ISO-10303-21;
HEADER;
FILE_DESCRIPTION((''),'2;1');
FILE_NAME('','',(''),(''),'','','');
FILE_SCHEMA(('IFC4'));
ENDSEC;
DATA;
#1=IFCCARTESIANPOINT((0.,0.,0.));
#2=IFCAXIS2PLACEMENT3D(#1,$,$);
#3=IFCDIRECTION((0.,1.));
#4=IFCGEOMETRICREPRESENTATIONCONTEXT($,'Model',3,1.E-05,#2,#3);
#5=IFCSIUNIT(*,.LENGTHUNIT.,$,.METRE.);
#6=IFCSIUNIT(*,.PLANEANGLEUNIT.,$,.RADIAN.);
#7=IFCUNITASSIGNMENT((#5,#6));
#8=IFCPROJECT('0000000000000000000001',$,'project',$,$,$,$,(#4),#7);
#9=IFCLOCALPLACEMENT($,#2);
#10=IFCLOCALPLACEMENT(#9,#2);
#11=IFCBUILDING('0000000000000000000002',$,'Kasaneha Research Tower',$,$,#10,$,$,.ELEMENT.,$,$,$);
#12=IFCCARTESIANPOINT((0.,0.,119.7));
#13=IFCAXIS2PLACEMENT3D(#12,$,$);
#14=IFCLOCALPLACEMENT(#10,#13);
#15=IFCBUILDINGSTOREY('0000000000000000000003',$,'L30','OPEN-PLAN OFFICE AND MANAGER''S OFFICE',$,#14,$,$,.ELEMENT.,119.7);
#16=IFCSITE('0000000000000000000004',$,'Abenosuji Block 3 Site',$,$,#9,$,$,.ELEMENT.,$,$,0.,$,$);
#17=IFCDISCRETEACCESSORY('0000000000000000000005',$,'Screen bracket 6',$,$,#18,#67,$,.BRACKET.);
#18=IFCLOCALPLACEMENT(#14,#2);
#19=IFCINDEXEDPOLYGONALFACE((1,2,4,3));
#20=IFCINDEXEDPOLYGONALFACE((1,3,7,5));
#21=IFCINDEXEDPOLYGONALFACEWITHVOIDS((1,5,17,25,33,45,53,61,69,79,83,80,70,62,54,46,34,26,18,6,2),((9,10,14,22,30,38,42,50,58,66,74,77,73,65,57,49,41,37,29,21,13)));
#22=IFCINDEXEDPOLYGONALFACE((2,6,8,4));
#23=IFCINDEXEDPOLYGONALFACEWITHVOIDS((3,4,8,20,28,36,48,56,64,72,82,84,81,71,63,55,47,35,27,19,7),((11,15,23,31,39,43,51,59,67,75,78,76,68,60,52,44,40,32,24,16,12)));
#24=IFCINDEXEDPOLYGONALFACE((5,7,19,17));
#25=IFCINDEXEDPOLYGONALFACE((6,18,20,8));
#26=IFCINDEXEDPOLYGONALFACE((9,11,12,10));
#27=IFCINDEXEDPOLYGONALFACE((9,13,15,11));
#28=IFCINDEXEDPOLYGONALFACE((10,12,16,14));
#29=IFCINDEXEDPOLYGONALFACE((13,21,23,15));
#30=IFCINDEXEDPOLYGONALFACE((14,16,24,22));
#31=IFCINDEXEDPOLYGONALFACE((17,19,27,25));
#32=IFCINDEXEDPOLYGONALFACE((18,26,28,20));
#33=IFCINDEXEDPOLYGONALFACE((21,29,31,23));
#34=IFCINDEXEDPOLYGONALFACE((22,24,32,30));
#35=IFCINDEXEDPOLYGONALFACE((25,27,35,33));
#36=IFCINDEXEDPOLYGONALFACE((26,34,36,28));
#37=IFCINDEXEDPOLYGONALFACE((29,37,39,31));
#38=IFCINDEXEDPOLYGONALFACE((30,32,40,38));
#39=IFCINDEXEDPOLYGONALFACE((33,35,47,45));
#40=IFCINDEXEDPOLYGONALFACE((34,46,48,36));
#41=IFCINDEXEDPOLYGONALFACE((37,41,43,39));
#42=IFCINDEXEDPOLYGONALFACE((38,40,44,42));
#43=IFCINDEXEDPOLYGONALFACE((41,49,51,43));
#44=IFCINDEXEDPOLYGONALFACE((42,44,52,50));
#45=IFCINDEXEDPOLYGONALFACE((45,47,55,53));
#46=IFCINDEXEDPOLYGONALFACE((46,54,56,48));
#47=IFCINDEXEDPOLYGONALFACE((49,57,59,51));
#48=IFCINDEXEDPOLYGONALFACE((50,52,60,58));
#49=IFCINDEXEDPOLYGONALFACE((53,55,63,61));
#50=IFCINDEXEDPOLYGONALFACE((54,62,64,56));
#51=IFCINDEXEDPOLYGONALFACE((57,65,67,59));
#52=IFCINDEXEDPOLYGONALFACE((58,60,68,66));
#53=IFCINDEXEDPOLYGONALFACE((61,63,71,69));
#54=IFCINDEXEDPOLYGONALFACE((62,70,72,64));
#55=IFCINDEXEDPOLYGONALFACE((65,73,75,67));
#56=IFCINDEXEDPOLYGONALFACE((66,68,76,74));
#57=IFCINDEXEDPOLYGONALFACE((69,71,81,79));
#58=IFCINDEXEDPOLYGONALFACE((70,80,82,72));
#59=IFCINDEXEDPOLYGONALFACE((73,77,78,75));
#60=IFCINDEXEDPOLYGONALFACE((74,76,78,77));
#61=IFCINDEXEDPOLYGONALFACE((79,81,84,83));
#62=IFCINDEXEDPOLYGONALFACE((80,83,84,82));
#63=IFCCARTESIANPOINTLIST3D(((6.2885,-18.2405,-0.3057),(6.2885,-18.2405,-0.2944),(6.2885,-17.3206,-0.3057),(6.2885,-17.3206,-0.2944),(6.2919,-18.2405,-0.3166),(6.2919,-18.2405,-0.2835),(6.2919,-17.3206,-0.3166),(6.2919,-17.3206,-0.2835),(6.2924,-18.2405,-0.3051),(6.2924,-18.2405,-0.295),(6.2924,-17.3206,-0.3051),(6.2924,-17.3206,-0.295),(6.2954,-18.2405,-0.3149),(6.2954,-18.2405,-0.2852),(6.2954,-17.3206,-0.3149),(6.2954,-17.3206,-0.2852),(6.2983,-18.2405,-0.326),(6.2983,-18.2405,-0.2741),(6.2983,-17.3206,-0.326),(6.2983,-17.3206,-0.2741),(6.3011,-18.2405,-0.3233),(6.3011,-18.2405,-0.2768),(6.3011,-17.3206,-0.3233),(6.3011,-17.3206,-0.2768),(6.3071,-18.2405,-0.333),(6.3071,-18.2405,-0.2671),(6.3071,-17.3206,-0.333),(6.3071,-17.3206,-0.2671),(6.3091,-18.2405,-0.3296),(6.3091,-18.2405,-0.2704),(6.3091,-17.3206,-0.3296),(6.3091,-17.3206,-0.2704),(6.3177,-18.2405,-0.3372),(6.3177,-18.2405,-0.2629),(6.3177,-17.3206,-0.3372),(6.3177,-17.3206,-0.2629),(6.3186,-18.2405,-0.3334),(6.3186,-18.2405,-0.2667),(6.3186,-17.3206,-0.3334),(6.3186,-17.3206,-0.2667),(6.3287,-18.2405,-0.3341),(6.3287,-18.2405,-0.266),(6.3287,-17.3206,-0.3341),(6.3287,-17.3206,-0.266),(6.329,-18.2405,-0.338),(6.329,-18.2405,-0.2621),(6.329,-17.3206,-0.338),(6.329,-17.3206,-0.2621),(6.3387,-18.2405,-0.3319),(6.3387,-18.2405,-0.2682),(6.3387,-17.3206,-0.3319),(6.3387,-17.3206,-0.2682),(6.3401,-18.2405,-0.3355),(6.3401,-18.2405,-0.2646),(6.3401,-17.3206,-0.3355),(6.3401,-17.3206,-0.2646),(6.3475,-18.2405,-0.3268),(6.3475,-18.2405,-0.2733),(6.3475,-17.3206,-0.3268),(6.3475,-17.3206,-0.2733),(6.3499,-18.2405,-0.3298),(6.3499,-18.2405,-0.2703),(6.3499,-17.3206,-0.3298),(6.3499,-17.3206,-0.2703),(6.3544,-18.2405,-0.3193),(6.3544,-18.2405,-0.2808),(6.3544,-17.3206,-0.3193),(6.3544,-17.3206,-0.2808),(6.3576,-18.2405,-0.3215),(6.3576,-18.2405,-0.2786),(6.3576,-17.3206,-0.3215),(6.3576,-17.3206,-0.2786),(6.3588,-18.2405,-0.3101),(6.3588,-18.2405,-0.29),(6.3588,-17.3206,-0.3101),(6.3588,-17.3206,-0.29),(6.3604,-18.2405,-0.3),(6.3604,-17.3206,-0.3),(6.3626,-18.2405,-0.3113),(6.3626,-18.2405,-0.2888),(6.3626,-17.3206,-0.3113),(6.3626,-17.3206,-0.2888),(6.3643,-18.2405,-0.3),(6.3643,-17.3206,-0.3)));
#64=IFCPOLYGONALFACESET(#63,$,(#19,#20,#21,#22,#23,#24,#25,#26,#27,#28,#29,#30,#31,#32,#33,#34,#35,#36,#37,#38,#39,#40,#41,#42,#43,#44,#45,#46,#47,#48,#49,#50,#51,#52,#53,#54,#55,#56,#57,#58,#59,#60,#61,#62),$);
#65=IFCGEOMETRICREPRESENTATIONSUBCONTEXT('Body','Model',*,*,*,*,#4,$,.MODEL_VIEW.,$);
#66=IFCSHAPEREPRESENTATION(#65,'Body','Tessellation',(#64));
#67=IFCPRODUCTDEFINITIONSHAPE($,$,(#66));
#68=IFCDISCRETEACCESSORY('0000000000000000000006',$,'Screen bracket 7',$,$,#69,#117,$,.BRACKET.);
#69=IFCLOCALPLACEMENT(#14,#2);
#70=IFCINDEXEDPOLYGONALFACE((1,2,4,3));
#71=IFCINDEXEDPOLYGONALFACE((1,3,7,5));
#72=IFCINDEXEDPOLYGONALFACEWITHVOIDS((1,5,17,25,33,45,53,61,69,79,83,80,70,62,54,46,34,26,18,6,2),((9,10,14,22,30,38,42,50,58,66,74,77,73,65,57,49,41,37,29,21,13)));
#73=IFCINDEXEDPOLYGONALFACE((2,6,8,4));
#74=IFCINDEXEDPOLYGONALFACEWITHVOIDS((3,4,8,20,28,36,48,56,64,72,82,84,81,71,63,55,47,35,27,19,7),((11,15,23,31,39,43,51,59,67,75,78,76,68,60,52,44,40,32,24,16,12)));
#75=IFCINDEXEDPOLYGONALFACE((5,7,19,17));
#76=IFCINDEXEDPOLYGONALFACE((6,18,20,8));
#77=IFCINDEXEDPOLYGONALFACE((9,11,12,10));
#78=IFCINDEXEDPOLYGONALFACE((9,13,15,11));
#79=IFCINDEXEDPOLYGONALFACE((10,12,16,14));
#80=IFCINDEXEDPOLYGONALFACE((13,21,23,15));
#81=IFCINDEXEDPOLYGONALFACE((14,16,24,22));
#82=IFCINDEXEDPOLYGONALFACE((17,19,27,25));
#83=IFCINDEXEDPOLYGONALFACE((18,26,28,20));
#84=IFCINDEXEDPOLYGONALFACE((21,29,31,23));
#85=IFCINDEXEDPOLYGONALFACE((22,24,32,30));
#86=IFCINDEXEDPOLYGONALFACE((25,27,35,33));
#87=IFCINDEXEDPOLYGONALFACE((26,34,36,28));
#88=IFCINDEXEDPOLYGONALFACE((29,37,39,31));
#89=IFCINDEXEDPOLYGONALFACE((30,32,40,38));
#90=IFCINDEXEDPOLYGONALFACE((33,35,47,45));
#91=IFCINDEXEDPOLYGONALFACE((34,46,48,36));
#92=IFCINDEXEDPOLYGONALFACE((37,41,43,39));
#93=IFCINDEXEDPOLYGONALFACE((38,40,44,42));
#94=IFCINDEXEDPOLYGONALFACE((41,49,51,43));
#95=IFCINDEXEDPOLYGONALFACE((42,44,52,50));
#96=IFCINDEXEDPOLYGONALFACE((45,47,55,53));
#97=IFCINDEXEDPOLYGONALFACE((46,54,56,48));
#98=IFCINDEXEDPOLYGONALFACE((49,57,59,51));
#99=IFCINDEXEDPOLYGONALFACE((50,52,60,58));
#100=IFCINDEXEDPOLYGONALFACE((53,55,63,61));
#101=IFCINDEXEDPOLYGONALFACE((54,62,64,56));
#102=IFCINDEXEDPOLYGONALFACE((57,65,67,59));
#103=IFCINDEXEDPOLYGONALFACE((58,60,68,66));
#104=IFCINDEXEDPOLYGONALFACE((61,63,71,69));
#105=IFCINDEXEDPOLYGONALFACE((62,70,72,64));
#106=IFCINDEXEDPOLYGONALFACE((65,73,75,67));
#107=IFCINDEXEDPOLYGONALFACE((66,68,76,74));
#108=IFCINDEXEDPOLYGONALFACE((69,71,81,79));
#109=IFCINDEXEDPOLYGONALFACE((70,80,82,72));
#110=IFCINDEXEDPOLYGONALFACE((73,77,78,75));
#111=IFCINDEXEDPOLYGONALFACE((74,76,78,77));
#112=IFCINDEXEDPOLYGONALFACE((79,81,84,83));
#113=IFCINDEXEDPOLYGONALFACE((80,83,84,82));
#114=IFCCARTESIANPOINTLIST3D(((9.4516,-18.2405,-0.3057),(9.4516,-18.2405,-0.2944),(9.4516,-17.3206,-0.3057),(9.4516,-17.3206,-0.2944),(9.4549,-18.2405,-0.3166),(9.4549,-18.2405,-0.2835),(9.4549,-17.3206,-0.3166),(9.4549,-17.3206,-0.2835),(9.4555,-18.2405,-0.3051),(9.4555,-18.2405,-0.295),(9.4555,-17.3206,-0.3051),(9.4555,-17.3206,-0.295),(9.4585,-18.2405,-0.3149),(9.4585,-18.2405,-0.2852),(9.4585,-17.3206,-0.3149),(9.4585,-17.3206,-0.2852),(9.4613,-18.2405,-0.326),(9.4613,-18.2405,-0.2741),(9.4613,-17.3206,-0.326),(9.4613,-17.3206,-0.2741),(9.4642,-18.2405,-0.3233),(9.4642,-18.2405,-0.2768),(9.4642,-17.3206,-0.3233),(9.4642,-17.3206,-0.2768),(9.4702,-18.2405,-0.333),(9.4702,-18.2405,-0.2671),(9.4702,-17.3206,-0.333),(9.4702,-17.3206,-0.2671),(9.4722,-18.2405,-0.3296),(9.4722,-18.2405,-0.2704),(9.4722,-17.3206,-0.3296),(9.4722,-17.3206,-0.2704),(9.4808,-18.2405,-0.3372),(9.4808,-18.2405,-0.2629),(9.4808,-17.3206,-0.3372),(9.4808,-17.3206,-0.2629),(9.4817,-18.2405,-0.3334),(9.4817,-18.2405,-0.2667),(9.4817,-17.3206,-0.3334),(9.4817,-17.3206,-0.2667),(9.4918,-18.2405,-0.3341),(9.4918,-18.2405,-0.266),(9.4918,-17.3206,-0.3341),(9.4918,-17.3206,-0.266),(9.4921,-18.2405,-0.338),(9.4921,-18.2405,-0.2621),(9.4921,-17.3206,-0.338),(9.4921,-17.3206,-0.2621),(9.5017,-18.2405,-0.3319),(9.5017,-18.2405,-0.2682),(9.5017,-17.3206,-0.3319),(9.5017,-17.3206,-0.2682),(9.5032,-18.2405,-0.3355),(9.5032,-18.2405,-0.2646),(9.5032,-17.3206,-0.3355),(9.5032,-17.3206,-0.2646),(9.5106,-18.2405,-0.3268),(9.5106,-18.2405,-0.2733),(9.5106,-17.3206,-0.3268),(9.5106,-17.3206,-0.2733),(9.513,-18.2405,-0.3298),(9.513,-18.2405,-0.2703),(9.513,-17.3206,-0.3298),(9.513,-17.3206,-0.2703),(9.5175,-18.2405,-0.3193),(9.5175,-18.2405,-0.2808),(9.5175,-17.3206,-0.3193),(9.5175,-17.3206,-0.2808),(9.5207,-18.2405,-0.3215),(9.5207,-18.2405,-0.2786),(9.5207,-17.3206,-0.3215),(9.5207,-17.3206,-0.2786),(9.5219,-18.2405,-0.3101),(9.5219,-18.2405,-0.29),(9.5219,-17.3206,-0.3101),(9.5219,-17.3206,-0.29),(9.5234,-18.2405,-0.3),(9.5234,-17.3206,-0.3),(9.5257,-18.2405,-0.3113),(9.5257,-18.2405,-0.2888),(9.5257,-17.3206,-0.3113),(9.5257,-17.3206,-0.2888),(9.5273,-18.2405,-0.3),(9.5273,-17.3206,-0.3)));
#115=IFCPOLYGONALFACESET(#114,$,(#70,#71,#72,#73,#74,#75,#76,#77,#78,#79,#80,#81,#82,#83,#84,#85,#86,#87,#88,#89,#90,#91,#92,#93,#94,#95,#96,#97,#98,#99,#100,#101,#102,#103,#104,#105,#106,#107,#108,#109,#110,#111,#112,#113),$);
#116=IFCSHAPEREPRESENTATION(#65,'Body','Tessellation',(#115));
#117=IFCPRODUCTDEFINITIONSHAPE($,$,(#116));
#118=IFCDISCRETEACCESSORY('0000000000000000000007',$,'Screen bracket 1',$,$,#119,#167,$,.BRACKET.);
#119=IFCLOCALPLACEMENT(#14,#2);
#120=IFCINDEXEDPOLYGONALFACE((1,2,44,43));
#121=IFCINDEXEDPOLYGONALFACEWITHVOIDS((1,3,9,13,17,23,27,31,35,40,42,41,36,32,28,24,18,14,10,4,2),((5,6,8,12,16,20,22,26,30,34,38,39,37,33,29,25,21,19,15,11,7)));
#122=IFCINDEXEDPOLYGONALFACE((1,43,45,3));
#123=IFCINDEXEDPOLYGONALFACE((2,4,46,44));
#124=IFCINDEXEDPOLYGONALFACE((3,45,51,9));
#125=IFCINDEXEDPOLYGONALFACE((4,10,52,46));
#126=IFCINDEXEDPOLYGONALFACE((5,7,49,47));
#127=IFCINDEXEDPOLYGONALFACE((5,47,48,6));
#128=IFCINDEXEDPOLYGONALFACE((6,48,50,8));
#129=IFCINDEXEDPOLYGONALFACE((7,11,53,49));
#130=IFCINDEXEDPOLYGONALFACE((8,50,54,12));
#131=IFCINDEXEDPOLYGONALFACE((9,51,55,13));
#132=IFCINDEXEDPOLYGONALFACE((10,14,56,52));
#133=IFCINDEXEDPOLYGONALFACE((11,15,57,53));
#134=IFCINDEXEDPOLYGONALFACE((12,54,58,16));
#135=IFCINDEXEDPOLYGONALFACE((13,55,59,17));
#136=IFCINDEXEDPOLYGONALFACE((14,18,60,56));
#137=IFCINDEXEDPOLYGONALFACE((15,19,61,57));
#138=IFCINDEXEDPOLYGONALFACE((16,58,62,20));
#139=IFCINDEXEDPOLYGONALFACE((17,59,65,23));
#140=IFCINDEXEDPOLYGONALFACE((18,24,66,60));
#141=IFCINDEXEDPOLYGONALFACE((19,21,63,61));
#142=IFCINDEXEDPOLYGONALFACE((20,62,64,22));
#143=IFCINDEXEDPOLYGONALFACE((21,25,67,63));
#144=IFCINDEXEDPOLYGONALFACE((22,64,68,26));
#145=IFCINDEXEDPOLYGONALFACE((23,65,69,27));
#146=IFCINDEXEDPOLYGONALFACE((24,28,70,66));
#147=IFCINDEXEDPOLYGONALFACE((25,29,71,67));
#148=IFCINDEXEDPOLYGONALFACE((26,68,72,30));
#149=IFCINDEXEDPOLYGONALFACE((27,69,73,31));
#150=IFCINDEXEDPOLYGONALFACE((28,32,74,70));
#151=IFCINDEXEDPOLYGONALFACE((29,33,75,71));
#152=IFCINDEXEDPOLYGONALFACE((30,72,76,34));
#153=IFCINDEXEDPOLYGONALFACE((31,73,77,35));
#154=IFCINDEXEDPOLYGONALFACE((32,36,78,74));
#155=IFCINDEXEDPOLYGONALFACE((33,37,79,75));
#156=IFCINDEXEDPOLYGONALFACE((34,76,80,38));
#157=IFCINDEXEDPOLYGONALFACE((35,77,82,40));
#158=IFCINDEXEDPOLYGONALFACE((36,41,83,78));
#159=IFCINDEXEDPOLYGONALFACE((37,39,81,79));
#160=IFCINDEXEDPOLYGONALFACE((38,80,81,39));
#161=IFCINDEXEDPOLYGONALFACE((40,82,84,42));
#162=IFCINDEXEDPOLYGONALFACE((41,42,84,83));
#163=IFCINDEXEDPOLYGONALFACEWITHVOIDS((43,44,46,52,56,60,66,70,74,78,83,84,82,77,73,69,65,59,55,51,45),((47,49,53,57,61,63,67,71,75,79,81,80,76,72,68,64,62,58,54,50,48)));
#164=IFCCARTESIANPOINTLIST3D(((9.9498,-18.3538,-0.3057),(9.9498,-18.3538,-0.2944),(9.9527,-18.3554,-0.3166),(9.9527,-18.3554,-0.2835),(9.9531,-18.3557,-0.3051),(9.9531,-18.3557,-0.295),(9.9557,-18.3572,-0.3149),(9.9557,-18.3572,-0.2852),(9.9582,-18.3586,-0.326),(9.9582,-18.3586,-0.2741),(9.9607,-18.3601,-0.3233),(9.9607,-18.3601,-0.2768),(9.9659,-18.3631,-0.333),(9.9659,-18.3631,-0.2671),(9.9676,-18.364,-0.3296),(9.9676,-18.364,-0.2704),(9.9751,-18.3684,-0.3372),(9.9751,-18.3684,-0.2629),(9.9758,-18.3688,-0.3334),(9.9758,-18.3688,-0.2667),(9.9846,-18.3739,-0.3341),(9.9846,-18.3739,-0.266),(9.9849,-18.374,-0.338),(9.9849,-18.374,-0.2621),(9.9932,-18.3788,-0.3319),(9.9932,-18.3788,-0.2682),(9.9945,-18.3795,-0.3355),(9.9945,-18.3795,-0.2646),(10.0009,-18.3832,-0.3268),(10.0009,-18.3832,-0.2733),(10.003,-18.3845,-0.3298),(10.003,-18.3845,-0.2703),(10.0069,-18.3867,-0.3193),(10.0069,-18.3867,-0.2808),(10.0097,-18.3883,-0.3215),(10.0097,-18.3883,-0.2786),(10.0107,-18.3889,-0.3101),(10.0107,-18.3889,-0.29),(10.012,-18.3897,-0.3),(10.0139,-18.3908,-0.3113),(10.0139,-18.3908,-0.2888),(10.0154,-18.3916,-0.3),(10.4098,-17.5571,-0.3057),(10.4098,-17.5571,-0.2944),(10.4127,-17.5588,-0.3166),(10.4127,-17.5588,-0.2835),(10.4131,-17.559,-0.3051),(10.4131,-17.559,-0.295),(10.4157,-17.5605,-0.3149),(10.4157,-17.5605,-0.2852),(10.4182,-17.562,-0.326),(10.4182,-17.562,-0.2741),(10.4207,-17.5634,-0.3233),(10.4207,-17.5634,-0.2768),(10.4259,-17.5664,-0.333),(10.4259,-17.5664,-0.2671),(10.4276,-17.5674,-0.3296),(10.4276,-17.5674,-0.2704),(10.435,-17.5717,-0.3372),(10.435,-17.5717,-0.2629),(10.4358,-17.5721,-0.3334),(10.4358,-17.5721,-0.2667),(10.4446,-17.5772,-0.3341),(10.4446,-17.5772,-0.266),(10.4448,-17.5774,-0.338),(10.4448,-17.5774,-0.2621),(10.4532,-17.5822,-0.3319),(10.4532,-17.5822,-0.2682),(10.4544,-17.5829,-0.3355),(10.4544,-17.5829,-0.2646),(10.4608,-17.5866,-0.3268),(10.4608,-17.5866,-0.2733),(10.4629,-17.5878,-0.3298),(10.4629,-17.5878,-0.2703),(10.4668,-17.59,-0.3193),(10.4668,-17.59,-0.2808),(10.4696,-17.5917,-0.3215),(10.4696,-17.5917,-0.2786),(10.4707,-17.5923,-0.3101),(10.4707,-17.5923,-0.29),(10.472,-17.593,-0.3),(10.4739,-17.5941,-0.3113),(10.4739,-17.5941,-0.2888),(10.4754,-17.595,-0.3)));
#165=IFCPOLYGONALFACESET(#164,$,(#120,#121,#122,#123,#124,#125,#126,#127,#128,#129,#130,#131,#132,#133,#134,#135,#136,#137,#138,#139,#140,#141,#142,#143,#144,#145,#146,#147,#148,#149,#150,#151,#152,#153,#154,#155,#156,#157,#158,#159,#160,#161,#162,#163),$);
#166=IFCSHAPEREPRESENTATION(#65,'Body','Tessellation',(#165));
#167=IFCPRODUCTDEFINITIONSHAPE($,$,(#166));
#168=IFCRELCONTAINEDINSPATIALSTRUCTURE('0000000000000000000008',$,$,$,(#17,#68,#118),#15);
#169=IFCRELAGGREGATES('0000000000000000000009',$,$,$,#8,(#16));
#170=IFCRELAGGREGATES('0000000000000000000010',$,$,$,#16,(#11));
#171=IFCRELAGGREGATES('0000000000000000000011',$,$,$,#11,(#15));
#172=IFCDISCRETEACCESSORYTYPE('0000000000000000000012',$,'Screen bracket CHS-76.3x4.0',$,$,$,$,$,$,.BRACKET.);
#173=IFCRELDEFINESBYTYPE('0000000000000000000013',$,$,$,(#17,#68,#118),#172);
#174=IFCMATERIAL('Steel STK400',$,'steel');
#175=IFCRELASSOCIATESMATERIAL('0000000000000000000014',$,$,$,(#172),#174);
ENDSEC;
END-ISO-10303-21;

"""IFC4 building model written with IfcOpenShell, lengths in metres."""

from ifc_helpers import new_model, si_unit, direction, frame, origin, origin_2d, place, context, subcontext, project, spatial, hollow_circle, extrude, material, material_profile, profile_set, type_object, element, save


model = new_model("IFC4")

# Units and contexts
model_context = context("Model", 3, precision=1e-05, world=origin(), true_north=direction((0.0, 1.0)))
body_context = subcontext(model_context, "Body", "Model", "MODEL_VIEW")
ifc_project = project(units=[si_unit("LENGTHUNIT", "METRE"), si_unit("PLANEANGLEUNIT", "RADIAN")], contexts=[model_context])

# Site, building, storey
site_placement = place(None, origin())
site = spatial("IfcSite", under=ifc_project, at=site_placement, Name="Abenosuji Block 3 Site", CompositionType="ELEMENT", RefElevation=0.0)
building_placement = place(site_placement, origin())
building = spatial("IfcBuilding", under=site, at=building_placement, Name="Kasaneha Research Tower", CompositionType="ELEMENT")
storey_placement = place(building_placement, frame((0.0, 0.0, 119.7)))
storey = spatial("IfcBuildingStorey", under=building, at=storey_placement, Name="L30", Description="OPEN-PLAN OFFICE AND MANAGER'S OFFICE", CompositionType="ELEMENT", Elevation=119.7)

# Discrete accessories
ifc_material_1 = material(Name="Steel STK400", Category="steel")
ifc_material_profile_1 = material_profile(ifc_material_1, hollow_circle(Radius=0.0381, WallThickness=0.0039, at=origin_2d()), Name="CHS-76.3x4.0")
ifc_profile_set_1 = profile_set([ifc_material_profile_1], Name="Steel STK400")
discrete_accessory_type = type_object("IfcDiscreteAccessoryType", Name="Screen bracket CHS-76.3x4.0", PredefinedType="BRACKET", material=ifc_profile_set_1)
for number, where, z_axis, x_axis, name in (
    (1, (6.3262, -17.3206, -0.3), (0.0, -1.0, 0.0), (1.0, 0.0, 0.0), "Screen bracket 6"),
    (2, (9.4893, -17.3206, -0.3), (0.0, -1.0, 0.0), (1.0, 0.0, 0.0), "Screen bracket 7"),
    (3, (10.4424, -17.5759, -0.3), (-0.500021, -0.866013, 0.0), (0.866013, -0.500021, 0.0), "Screen bracket 1"),
):
    element("IfcDiscreteAccessory", number, at=place(storey_placement, frame(where, z_axis=z_axis, x_axis=x_axis)), inside=storey, type_object=discrete_accessory_type, Name=name, PredefinedType="BRACKET", context=body_context, shape_type="SweptSolid", body=[
        extrude(hollow_circle(Radius=0.0381, WallThickness=0.0039, at=origin_2d()), origin(), (0.0, 0.0, 1.0), 0.9199),
    ])

save(model, "model.ifc")
